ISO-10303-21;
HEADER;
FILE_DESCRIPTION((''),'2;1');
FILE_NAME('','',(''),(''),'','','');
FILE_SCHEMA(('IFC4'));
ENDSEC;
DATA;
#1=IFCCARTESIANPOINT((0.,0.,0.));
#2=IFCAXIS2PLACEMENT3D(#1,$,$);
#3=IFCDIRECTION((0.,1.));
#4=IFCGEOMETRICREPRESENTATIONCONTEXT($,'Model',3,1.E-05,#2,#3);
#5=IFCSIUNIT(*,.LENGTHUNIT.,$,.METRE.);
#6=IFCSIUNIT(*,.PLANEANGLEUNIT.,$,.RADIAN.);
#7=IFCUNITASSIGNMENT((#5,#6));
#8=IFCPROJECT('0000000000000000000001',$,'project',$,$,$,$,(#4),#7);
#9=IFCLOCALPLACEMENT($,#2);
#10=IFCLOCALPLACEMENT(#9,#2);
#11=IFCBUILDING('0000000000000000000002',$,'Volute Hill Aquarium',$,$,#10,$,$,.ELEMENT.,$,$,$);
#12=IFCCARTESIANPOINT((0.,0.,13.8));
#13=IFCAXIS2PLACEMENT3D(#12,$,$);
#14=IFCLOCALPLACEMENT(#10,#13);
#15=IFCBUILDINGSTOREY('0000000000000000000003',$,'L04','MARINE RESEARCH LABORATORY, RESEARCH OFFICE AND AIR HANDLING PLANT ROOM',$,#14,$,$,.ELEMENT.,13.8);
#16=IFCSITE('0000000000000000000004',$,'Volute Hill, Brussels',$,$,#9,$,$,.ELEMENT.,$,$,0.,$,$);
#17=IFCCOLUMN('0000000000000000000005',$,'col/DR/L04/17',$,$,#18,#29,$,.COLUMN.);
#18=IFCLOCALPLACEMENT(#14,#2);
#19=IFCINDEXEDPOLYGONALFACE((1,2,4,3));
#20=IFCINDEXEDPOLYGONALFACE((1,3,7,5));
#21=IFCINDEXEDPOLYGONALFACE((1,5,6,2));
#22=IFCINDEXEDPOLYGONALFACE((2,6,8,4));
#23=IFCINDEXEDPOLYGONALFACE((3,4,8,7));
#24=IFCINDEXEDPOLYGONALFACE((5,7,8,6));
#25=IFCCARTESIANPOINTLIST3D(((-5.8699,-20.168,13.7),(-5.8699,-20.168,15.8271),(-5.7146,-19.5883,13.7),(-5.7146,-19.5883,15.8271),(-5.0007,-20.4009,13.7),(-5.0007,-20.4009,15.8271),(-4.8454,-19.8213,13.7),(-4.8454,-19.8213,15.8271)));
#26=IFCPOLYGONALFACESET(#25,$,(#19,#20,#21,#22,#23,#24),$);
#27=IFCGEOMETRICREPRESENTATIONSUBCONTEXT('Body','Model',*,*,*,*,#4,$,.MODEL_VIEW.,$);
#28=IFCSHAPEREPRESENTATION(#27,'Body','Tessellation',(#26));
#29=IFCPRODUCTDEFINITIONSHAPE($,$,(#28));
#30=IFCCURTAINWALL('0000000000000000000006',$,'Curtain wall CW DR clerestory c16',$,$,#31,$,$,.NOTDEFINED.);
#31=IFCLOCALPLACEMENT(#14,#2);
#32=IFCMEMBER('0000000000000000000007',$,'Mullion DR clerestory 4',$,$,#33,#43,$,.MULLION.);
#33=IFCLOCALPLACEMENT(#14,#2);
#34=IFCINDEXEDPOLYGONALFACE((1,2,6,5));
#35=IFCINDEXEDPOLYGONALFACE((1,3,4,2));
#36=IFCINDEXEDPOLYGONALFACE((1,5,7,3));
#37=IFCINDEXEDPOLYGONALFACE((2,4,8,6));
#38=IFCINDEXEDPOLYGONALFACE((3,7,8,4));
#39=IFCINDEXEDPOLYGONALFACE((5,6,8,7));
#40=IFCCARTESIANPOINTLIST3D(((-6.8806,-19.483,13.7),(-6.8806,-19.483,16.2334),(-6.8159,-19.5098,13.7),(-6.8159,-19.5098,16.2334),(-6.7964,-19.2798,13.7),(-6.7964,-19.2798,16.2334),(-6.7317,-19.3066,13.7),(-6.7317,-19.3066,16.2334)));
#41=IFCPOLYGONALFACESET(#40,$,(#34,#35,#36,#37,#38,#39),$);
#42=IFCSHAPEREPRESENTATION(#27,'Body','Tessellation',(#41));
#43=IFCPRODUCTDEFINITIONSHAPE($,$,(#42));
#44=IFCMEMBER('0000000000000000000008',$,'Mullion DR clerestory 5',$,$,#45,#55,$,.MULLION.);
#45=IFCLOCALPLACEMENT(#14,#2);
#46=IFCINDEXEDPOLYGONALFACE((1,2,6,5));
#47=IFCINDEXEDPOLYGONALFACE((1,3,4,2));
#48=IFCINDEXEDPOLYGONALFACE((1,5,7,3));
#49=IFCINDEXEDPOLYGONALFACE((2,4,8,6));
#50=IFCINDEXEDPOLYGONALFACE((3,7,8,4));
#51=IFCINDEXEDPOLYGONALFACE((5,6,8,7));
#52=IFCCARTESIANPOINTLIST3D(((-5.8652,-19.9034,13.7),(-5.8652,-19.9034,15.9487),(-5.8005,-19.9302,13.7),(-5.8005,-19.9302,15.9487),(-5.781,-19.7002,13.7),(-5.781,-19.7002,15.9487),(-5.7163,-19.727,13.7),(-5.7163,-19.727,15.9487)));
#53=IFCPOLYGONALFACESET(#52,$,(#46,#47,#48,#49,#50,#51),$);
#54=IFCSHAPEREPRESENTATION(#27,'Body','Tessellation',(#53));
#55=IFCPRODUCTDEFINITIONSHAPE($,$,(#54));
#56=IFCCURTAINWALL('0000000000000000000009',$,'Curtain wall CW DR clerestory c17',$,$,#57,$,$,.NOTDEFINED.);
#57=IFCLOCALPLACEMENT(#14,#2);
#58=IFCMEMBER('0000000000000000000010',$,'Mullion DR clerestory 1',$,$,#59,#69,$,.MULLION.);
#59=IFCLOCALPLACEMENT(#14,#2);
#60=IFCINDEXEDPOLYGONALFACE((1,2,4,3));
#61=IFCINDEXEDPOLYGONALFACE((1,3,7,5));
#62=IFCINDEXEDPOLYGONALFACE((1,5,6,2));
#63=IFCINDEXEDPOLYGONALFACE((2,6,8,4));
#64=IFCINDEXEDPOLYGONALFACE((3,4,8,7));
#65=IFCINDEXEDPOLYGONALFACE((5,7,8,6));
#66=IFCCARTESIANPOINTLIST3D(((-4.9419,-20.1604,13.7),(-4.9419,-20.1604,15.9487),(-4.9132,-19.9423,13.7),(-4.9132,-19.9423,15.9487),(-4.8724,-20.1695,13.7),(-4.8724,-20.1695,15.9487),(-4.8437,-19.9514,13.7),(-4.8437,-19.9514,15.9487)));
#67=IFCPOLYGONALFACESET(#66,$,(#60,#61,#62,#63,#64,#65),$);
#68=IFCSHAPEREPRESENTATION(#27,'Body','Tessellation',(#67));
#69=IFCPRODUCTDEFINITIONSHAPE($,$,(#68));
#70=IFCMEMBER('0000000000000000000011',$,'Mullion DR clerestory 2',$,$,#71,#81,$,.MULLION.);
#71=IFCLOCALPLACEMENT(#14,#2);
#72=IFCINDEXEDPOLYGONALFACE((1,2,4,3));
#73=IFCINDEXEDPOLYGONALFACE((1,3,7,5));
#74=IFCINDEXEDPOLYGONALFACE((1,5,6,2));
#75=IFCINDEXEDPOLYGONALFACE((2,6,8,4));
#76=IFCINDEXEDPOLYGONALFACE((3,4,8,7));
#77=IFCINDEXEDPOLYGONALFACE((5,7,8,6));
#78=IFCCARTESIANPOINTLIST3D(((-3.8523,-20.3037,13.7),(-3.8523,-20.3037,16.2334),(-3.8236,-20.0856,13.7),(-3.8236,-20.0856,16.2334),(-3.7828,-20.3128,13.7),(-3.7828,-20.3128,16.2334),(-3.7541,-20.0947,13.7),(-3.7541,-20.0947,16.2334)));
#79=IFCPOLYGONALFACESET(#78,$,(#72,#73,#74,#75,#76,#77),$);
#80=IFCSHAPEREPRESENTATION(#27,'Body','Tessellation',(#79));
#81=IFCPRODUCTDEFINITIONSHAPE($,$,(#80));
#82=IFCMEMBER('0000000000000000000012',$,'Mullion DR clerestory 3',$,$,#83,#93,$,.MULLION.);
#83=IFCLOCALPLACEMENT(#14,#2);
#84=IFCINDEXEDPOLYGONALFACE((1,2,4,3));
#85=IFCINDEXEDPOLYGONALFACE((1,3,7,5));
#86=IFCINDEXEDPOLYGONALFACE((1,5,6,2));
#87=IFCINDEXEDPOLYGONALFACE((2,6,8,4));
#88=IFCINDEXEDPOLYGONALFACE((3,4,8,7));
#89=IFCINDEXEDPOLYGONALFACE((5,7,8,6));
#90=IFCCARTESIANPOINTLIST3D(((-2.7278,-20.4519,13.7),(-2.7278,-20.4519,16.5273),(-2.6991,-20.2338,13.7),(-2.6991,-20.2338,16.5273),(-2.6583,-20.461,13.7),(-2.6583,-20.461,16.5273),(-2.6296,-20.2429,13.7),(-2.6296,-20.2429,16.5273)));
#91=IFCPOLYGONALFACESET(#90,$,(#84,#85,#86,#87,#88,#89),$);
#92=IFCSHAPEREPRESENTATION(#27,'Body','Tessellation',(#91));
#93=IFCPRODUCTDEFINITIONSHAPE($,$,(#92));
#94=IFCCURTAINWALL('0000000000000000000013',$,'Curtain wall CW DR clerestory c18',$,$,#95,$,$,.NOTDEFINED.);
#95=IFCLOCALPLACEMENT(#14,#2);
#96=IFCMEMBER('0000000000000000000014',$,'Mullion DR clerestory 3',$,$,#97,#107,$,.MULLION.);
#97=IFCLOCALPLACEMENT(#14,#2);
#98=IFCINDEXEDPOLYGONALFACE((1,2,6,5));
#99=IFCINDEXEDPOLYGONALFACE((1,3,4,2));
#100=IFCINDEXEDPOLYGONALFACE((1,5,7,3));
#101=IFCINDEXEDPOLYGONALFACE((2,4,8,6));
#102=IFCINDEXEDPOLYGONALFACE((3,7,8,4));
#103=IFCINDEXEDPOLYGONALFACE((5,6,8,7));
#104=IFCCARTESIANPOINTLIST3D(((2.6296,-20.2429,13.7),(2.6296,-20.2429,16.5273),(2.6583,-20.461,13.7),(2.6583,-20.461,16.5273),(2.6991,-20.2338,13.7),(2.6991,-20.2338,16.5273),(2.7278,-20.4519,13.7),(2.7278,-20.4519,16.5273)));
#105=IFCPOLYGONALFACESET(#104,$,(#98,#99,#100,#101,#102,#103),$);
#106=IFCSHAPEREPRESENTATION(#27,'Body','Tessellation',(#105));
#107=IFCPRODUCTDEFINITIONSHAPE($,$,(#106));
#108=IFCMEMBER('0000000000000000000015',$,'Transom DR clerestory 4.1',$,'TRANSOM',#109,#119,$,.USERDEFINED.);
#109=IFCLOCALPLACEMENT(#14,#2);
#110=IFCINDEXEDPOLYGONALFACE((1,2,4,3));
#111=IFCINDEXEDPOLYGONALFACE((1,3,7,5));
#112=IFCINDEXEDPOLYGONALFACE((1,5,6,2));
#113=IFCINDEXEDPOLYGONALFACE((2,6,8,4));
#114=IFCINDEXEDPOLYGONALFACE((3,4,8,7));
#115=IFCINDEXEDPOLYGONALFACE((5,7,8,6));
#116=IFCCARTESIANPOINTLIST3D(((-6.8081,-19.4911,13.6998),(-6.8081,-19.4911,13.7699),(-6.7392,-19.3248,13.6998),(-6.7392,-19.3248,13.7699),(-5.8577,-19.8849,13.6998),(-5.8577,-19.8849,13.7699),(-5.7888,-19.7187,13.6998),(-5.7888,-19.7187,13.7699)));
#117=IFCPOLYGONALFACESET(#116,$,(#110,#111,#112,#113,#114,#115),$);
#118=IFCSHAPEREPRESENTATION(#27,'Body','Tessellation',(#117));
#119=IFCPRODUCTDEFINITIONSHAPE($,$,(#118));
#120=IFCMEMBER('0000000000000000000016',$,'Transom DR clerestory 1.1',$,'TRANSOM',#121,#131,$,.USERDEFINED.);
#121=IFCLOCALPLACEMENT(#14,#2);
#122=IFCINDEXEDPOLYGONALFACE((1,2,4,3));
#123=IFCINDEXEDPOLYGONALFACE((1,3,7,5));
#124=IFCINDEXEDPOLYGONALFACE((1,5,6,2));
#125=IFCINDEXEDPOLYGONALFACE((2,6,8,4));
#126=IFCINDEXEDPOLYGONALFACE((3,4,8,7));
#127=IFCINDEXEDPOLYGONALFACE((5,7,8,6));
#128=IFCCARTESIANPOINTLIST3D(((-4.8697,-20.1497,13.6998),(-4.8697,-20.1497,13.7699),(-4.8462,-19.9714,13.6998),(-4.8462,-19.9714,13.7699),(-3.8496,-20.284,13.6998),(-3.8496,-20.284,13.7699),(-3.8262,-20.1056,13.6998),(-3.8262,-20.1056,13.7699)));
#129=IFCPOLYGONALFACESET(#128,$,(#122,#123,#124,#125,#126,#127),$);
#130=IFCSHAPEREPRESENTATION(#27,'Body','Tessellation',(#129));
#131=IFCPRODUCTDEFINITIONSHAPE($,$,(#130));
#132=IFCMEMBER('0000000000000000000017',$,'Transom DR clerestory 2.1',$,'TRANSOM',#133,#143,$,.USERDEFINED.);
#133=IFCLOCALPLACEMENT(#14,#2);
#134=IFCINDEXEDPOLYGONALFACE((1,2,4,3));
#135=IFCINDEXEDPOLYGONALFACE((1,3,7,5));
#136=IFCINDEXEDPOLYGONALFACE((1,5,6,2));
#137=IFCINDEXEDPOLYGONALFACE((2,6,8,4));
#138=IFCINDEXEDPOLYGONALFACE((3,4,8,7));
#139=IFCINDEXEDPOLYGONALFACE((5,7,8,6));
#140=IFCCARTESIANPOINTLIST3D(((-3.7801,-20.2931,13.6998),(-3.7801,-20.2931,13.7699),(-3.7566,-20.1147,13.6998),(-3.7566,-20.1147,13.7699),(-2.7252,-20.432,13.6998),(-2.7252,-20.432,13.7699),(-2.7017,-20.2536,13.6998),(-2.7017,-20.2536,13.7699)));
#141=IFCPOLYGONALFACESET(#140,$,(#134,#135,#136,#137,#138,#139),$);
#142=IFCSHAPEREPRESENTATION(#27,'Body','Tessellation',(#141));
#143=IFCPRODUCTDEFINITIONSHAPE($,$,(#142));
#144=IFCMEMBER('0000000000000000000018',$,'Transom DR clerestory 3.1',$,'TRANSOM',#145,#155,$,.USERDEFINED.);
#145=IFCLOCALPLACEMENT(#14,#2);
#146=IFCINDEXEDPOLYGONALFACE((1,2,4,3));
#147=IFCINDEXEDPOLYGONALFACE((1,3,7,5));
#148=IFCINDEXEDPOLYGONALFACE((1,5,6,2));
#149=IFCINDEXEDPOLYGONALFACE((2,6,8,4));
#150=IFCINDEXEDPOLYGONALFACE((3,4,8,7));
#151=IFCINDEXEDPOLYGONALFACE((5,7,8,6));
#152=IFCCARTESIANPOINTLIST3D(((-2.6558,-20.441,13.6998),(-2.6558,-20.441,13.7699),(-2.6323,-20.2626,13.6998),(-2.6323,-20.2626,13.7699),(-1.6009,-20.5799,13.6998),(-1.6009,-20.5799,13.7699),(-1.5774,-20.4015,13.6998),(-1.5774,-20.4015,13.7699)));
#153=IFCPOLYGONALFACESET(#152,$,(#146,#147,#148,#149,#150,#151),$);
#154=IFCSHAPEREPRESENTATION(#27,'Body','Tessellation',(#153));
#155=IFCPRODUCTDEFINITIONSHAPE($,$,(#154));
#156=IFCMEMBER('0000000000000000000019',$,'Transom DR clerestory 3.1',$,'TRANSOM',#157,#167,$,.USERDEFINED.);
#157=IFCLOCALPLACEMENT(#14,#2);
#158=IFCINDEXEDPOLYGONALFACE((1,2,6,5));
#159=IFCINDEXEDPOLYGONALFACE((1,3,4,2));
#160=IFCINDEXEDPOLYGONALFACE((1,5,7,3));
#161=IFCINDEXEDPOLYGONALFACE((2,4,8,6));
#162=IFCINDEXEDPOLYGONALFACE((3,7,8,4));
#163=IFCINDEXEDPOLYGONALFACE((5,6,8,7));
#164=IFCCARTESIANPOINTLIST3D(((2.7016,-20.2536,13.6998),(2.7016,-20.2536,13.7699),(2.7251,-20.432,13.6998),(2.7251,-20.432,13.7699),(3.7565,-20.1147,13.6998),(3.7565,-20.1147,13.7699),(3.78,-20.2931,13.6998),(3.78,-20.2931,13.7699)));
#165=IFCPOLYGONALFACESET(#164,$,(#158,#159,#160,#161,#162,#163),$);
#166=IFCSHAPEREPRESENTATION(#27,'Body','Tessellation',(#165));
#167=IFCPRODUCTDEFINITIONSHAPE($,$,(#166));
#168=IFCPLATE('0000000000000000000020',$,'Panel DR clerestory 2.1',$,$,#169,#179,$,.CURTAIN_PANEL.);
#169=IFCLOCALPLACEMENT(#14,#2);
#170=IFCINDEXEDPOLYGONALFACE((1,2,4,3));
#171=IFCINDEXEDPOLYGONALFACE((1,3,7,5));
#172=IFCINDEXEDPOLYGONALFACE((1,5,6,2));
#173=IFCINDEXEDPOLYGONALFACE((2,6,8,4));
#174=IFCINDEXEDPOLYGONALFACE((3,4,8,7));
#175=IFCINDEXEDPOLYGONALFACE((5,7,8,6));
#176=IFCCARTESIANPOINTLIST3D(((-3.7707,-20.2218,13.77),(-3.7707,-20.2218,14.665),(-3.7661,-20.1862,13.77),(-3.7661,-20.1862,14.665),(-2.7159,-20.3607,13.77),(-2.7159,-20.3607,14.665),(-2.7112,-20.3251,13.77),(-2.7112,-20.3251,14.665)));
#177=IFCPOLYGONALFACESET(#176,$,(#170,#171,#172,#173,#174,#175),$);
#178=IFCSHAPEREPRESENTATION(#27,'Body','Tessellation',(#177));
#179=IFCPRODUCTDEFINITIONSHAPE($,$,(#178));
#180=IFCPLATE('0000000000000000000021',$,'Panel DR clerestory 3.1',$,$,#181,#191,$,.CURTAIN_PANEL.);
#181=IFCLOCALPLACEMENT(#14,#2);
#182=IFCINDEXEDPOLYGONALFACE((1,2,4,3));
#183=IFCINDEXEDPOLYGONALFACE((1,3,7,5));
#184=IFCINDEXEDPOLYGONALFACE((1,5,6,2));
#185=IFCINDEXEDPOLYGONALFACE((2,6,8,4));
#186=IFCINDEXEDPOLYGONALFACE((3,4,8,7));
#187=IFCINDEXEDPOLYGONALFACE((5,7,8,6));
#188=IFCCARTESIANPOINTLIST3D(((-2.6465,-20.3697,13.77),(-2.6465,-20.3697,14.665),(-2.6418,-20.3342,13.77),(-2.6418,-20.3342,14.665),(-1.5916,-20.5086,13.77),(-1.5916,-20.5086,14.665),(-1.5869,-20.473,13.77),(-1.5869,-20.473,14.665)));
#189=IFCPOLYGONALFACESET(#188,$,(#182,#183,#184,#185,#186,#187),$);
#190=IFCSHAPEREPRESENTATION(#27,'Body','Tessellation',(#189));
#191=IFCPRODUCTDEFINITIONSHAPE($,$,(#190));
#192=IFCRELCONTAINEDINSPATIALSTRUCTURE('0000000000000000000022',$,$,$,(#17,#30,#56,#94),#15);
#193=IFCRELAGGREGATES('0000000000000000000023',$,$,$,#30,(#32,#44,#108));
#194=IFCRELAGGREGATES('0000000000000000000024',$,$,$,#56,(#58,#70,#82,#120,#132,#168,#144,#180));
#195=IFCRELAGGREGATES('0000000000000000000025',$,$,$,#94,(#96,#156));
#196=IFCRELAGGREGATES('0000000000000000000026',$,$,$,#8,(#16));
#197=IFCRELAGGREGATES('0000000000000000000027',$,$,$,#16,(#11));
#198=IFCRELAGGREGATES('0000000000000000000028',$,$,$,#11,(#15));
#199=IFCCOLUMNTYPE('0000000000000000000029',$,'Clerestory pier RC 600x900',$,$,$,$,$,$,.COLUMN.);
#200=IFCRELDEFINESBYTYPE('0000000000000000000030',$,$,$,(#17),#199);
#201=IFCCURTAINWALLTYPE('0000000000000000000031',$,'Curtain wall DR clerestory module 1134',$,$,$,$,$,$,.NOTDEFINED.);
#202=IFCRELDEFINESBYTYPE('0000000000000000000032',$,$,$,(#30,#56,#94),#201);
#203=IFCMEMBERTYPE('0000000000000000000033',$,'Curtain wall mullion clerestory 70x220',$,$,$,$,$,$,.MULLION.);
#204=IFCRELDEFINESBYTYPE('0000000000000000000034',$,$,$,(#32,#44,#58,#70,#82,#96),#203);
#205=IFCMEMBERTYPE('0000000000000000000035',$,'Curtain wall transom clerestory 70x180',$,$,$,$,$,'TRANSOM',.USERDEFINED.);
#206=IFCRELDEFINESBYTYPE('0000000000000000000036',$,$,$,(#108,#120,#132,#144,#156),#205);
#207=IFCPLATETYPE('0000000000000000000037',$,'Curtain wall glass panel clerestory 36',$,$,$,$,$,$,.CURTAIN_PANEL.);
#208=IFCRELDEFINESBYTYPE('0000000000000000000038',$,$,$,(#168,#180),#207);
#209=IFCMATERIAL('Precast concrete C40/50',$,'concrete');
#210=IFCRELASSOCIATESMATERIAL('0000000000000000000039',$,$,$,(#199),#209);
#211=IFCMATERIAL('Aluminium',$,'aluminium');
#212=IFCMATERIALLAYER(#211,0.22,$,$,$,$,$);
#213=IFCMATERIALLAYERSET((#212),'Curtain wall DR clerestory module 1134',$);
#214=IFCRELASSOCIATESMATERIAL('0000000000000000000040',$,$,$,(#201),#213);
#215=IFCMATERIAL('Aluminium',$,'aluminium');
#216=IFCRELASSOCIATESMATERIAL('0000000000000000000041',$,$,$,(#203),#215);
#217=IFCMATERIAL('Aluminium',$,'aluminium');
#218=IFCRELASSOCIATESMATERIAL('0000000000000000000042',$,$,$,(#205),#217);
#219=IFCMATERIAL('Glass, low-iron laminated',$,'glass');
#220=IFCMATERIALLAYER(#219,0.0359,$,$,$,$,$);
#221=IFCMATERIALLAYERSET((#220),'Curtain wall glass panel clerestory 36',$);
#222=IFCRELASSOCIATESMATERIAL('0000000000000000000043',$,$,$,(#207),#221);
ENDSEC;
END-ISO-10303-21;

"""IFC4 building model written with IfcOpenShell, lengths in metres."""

from ifc_helpers import new_model, si_unit, direction, frame, origin, origin_2d, place, context, subcontext, project, spatial, rectangle, extrude, material, layer, layer_set, material_profile, profile_set, type_object, element, aggregate, save


model = new_model("IFC4")

# Units and contexts
model_context = context("Model", 3, precision=1e-05, world=origin(), true_north=direction((0.0, 1.0)))
body_context = subcontext(model_context, "Body", "Model", "MODEL_VIEW")
ifc_project = project(units=[si_unit("LENGTHUNIT", "METRE"), si_unit("PLANEANGLEUNIT", "RADIAN")], contexts=[model_context])

# Site, building, storey
site_placement = place(None, origin())
site = spatial("IfcSite", under=ifc_project, at=site_placement, Name="Volute Hill, Brussels", CompositionType="ELEMENT", RefElevation=0.0)
building_placement = place(site_placement, origin())
building = spatial("IfcBuilding", under=site, at=building_placement, Name="Volute Hill Aquarium", CompositionType="ELEMENT")
storey_placement = place(building_placement, frame((0.0, 0.0, 13.8)))
storey = spatial("IfcBuildingStorey", under=building, at=storey_placement, Name="L04", Description="MARINE RESEARCH LABORATORY, RESEARCH OFFICE AND AIR HANDLING PLANT ROOM", CompositionType="ELEMENT", Elevation=13.8)

# Column
ifc_material_1 = material(Name="Precast concrete C40/50", Category="concrete")
ifc_material_profile_1 = material_profile(ifc_material_1, rectangle(XDim=0.6001, YDim=0.8999, at=origin_2d()), Name="RC pier 600x900")
ifc_profile_set_1 = profile_set([ifc_material_profile_1], Name="Precast concrete C40/50")
column_type = type_object("IfcColumnType", Name="Clerestory pier RC 600x900", PredefinedType="COLUMN", material=ifc_profile_set_1)
column_placement = place(storey_placement, frame((-5.3577, -19.9946, 13.7), z_axis=(0.0, 0.0, 1.0), x_axis=(-0.258819, -0.965926, 0.0)))
element("IfcColumn", 1, at=column_placement, inside=storey, type_object=column_type, Name="col/DR/L04/17", PredefinedType="COLUMN", context=body_context, shape_type="SweptSolid", body=[
    extrude(rectangle(XDim=0.6001, YDim=0.8999, at=origin_2d()), origin(), (0.0, 0.0, 1.0), 2.1272),
])

# Curtain walls, members
ifc_material_2 = material(Name="Aluminium", Category="aluminium")
ifc_layer_1 = layer(ifc_material_2, 0.22)
ifc_layer_set_1 = layer_set([ifc_layer_1], Name="Curtain wall DR clerestory module 1134")
curtain_wall_type = type_object("IfcCurtainWallType", Name="Curtain wall DR clerestory module 1134", PredefinedType="NOTDEFINED", material=ifc_layer_set_1)
curtain_wall_1_placement = place(storey_placement, origin())
curtain_wall_1 = element("IfcCurtainWall", 2, at=curtain_wall_1_placement, inside=storey, type_object=curtain_wall_type, Name="Curtain wall CW DR clerestory c16", PredefinedType="NOTDEFINED")
ifc_material_3 = material(Name="Aluminium", Category="aluminium")
ifc_material_profile_2 = material_profile(ifc_material_3, rectangle(XDim=0.22, YDim=0.0701, at=origin_2d()), Name="Curtain wall mullion clerestory 70x220")
ifc_profile_set_2 = profile_set([ifc_material_profile_2], Name="Aluminium")
member_type_1 = type_object("IfcMemberType", Name="Curtain wall mullion clerestory 70x220", PredefinedType="MULLION", material=ifc_profile_set_2)
member_1_placement = place(storey_placement, frame((-6.8062, -19.3948, 13.7), z_axis=(0.0, 0.0, 1.0), x_axis=(0.382696, 0.923874, 0.0)))
member_1 = element("IfcMember", 3, at=member_1_placement, type_object=member_type_1, Name="Mullion DR clerestory 4", PredefinedType="MULLION", context=body_context, shape_type="SweptSolid", body=[
    extrude(rectangle(XDim=0.22, YDim=0.0701, at=origin_2d()), origin(), (0.0, 0.0, 1.0), 2.5334),
])
member_2_placement = place(storey_placement, frame((-5.7908, -19.8152, 13.7), z_axis=(0.0, 0.0, 1.0), x_axis=(0.382696, 0.923874, 0.0)))
member_2 = element("IfcMember", 4, at=member_2_placement, type_object=member_type_1, Name="Mullion DR clerestory 5", PredefinedType="MULLION", context=body_context, shape_type="SweptSolid", body=[
    extrude(rectangle(XDim=0.22, YDim=0.0701, at=origin_2d()), origin(), (0.0, 0.0, 1.0), 2.2488),
])
curtain_wall_2_placement = place(storey_placement, origin())
curtain_wall_2 = element("IfcCurtainWall", 5, at=curtain_wall_2_placement, inside=storey, type_object=curtain_wall_type, Name="Curtain wall CW DR clerestory c17", PredefinedType="NOTDEFINED")
member_3_placement = place(storey_placement, frame((-4.8928, -20.0559, 13.7), z_axis=(0.0, 0.0, 1.0), x_axis=(0.130519, 0.991446, 0.0)))
member_3 = element("IfcMember", 6, at=member_3_placement, type_object=member_type_1, Name="Mullion DR clerestory 1", PredefinedType="MULLION", context=body_context, shape_type="SweptSolid", body=[
    extrude(rectangle(XDim=0.22, YDim=0.0701, at=origin_2d()), origin(), (0.0, 0.0, 1.0), 2.2488),
])
member_4_placement = place(storey_placement, frame((-3.8032, -20.1992, 13.7), z_axis=(0.0, 0.0, 1.0), x_axis=(0.130519, 0.991446, 0.0)))
member_4 = element("IfcMember", 7, at=member_4_placement, type_object=member_type_1, Name="Mullion DR clerestory 2", PredefinedType="MULLION", context=body_context, shape_type="SweptSolid", body=[
    extrude(rectangle(XDim=0.22, YDim=0.0701, at=origin_2d()), origin(), (0.0, 0.0, 1.0), 2.5334),
])
member_5_placement = place(storey_placement, frame((-2.6787, -20.3474, 13.7), z_axis=(0.0, 0.0, 1.0), x_axis=(0.130519, 0.991446, 0.0)))
member_5 = element("IfcMember", 8, at=member_5_placement, type_object=member_type_1, Name="Mullion DR clerestory 3", PredefinedType="MULLION", context=body_context, shape_type="SweptSolid", body=[
    extrude(rectangle(XDim=0.22, YDim=0.0701, at=origin_2d()), origin(), (0.0, 0.0, 1.0), 2.8274),
])

# Curtain wall, member
curtain_wall_3_placement = place(storey_placement, origin())
curtain_wall_3 = element("IfcCurtainWall", 9, at=curtain_wall_3_placement, inside=storey, type_object=curtain_wall_type, Name="Curtain wall CW DR clerestory c18", PredefinedType="NOTDEFINED")
member_6_placement = place(storey_placement, frame((2.6787, -20.3474, 13.7), z_axis=(0.0, 0.0, 1.0), x_axis=(-0.130519, 0.991446, 0.0)))
member_6 = element("IfcMember", 10, at=member_6_placement, type_object=member_type_1, Name="Mullion DR clerestory 3", PredefinedType="MULLION", context=body_context, shape_type="SweptSolid", body=[
    extrude(rectangle(XDim=0.22, YDim=0.0701, at=origin_2d()), origin(), (0.0, 0.0, 1.0), 2.8274),
])

# Members
ifc_material_4 = material(Name="Aluminium", Category="aluminium")
ifc_material_profile_3 = material_profile(ifc_material_4, rectangle(XDim=0.1799, YDim=0.0701, at=origin_2d()), Name="Curtain wall transom clerestory 70x180")
ifc_profile_set_3 = profile_set([ifc_material_profile_3], Name="Aluminium")
member_type_2 = type_object("IfcMemberType", Name="Curtain wall transom clerestory 70x180", ElementType="TRANSOM", PredefinedType="USERDEFINED", material=ifc_profile_set_3)
member_7_placement = place(storey_placement, frame((-6.7737, -19.408, 13.7349), z_axis=(0.92384, -0.382778, 0.0), x_axis=(0.382778, 0.92384, 0.0)))
member_7 = element("IfcMember", 11, at=member_7_placement, type_object=member_type_2, Name="Transom DR clerestory 4.1", ObjectType="TRANSOM", PredefinedType="USERDEFINED", context=body_context, shape_type="SweptSolid", body=[
    extrude(rectangle(XDim=0.1799, YDim=0.0701, at=origin_2d()), origin(), (0.0, 0.0, 1.0), 1.0288),
])
aggregate(curtain_wall_1, [member_1, member_2, member_7])
member_8_placement = place(storey_placement, frame((-4.8579, -20.0605, 13.7349), z_axis=(0.991446, -0.130516, 0.0), x_axis=(0.130516, 0.991446, 0.0)))
member_8 = element("IfcMember", 12, at=member_8_placement, type_object=member_type_2, Name="Transom DR clerestory 1.1", ObjectType="TRANSOM", PredefinedType="USERDEFINED", context=body_context, shape_type="SweptSolid", body=[
    extrude(rectangle(XDim=0.1799, YDim=0.0701, at=origin_2d()), origin(), (0.0, 0.0, 1.0), 1.0288),
])
member_9_placement = place(storey_placement, frame((-3.7683, -20.2039, 13.7349), z_axis=(0.991441, -0.130555, 0.0), x_axis=(0.130555, 0.991441, 0.0)))
member_9 = element("IfcMember", 13, at=member_9_placement, type_object=member_type_2, Name="Transom DR clerestory 2.1", ObjectType="TRANSOM", PredefinedType="USERDEFINED", context=body_context, shape_type="SweptSolid", body=[
    extrude(rectangle(XDim=0.1799, YDim=0.0701, at=origin_2d()), origin(), (0.0, 0.0, 1.0), 1.064),
])
member_10_placement = place(storey_placement, frame((-2.644, -20.3518, 13.7349), z_axis=(0.991441, -0.130555, 0.0), x_axis=(0.130555, 0.991441, 0.0)))
member_10 = element("IfcMember", 14, at=member_10_placement, type_object=member_type_2, Name="Transom DR clerestory 3.1", ObjectType="TRANSOM", PredefinedType="USERDEFINED", context=body_context, shape_type="SweptSolid", body=[
    extrude(rectangle(XDim=0.1799, YDim=0.0701, at=origin_2d()), origin(), (0.0, 0.0, 1.0), 1.064),
])
member_11_placement = place(storey_placement, frame((2.7134, -20.3428, 13.7349), z_axis=(0.991441, 0.130555, 0.0), x_axis=(-0.130555, 0.991441, 0.0)))
member_11 = element("IfcMember", 15, at=member_11_placement, type_object=member_type_2, Name="Transom DR clerestory 3.1", ObjectType="TRANSOM", PredefinedType="USERDEFINED", context=body_context, shape_type="SweptSolid", body=[
    extrude(rectangle(XDim=0.1799, YDim=0.0701, at=origin_2d()), origin(), (0.0, 0.0, 1.0), 1.064),
])

# Plates
ifc_material_5 = material(Name="Glass, low-iron laminated", Category="glass")
ifc_layer_2 = layer(ifc_material_5, 0.0359)
ifc_layer_set_2 = layer_set([ifc_layer_2], Name="Curtain wall glass panel clerestory 36")
plate_type = type_object("IfcPlateType", Name="Curtain wall glass panel clerestory 36", PredefinedType="CURTAIN_PANEL", material=ifc_layer_set_2)
plate_1_placement = place(storey_placement, frame((-3.241, -20.2734, 13.77), z_axis=(0.0, 0.0, 1.0), x_axis=(0.991446, -0.130519, 0.0)))
plate_1 = element("IfcPlate", 16, at=plate_1_placement, type_object=plate_type, Name="Panel DR clerestory 2.1", PredefinedType="CURTAIN_PANEL", context=body_context, shape_type="SweptSolid", body=[
    extrude(rectangle(XDim=1.064, YDim=0.0359, at=origin_2d()), origin(), (0.0, 0.0, 1.0), 0.895),
])
plate_2_placement = place(storey_placement, frame((-2.1167, -20.4214, 13.77), z_axis=(0.0, 0.0, 1.0), x_axis=(0.991446, -0.130519, 0.0)))
plate_2 = element("IfcPlate", 17, at=plate_2_placement, type_object=plate_type, Name="Panel DR clerestory 3.1", PredefinedType="CURTAIN_PANEL", context=body_context, shape_type="SweptSolid", body=[
    extrude(rectangle(XDim=1.064, YDim=0.0359, at=origin_2d()), origin(), (0.0, 0.0, 1.0), 0.895),
])
aggregate(curtain_wall_2, [member_3, member_4, member_5, member_8, member_9, plate_1, member_10, plate_2])
aggregate(curtain_wall_3, [member_6, member_11])

save(model, "model.ifc")
